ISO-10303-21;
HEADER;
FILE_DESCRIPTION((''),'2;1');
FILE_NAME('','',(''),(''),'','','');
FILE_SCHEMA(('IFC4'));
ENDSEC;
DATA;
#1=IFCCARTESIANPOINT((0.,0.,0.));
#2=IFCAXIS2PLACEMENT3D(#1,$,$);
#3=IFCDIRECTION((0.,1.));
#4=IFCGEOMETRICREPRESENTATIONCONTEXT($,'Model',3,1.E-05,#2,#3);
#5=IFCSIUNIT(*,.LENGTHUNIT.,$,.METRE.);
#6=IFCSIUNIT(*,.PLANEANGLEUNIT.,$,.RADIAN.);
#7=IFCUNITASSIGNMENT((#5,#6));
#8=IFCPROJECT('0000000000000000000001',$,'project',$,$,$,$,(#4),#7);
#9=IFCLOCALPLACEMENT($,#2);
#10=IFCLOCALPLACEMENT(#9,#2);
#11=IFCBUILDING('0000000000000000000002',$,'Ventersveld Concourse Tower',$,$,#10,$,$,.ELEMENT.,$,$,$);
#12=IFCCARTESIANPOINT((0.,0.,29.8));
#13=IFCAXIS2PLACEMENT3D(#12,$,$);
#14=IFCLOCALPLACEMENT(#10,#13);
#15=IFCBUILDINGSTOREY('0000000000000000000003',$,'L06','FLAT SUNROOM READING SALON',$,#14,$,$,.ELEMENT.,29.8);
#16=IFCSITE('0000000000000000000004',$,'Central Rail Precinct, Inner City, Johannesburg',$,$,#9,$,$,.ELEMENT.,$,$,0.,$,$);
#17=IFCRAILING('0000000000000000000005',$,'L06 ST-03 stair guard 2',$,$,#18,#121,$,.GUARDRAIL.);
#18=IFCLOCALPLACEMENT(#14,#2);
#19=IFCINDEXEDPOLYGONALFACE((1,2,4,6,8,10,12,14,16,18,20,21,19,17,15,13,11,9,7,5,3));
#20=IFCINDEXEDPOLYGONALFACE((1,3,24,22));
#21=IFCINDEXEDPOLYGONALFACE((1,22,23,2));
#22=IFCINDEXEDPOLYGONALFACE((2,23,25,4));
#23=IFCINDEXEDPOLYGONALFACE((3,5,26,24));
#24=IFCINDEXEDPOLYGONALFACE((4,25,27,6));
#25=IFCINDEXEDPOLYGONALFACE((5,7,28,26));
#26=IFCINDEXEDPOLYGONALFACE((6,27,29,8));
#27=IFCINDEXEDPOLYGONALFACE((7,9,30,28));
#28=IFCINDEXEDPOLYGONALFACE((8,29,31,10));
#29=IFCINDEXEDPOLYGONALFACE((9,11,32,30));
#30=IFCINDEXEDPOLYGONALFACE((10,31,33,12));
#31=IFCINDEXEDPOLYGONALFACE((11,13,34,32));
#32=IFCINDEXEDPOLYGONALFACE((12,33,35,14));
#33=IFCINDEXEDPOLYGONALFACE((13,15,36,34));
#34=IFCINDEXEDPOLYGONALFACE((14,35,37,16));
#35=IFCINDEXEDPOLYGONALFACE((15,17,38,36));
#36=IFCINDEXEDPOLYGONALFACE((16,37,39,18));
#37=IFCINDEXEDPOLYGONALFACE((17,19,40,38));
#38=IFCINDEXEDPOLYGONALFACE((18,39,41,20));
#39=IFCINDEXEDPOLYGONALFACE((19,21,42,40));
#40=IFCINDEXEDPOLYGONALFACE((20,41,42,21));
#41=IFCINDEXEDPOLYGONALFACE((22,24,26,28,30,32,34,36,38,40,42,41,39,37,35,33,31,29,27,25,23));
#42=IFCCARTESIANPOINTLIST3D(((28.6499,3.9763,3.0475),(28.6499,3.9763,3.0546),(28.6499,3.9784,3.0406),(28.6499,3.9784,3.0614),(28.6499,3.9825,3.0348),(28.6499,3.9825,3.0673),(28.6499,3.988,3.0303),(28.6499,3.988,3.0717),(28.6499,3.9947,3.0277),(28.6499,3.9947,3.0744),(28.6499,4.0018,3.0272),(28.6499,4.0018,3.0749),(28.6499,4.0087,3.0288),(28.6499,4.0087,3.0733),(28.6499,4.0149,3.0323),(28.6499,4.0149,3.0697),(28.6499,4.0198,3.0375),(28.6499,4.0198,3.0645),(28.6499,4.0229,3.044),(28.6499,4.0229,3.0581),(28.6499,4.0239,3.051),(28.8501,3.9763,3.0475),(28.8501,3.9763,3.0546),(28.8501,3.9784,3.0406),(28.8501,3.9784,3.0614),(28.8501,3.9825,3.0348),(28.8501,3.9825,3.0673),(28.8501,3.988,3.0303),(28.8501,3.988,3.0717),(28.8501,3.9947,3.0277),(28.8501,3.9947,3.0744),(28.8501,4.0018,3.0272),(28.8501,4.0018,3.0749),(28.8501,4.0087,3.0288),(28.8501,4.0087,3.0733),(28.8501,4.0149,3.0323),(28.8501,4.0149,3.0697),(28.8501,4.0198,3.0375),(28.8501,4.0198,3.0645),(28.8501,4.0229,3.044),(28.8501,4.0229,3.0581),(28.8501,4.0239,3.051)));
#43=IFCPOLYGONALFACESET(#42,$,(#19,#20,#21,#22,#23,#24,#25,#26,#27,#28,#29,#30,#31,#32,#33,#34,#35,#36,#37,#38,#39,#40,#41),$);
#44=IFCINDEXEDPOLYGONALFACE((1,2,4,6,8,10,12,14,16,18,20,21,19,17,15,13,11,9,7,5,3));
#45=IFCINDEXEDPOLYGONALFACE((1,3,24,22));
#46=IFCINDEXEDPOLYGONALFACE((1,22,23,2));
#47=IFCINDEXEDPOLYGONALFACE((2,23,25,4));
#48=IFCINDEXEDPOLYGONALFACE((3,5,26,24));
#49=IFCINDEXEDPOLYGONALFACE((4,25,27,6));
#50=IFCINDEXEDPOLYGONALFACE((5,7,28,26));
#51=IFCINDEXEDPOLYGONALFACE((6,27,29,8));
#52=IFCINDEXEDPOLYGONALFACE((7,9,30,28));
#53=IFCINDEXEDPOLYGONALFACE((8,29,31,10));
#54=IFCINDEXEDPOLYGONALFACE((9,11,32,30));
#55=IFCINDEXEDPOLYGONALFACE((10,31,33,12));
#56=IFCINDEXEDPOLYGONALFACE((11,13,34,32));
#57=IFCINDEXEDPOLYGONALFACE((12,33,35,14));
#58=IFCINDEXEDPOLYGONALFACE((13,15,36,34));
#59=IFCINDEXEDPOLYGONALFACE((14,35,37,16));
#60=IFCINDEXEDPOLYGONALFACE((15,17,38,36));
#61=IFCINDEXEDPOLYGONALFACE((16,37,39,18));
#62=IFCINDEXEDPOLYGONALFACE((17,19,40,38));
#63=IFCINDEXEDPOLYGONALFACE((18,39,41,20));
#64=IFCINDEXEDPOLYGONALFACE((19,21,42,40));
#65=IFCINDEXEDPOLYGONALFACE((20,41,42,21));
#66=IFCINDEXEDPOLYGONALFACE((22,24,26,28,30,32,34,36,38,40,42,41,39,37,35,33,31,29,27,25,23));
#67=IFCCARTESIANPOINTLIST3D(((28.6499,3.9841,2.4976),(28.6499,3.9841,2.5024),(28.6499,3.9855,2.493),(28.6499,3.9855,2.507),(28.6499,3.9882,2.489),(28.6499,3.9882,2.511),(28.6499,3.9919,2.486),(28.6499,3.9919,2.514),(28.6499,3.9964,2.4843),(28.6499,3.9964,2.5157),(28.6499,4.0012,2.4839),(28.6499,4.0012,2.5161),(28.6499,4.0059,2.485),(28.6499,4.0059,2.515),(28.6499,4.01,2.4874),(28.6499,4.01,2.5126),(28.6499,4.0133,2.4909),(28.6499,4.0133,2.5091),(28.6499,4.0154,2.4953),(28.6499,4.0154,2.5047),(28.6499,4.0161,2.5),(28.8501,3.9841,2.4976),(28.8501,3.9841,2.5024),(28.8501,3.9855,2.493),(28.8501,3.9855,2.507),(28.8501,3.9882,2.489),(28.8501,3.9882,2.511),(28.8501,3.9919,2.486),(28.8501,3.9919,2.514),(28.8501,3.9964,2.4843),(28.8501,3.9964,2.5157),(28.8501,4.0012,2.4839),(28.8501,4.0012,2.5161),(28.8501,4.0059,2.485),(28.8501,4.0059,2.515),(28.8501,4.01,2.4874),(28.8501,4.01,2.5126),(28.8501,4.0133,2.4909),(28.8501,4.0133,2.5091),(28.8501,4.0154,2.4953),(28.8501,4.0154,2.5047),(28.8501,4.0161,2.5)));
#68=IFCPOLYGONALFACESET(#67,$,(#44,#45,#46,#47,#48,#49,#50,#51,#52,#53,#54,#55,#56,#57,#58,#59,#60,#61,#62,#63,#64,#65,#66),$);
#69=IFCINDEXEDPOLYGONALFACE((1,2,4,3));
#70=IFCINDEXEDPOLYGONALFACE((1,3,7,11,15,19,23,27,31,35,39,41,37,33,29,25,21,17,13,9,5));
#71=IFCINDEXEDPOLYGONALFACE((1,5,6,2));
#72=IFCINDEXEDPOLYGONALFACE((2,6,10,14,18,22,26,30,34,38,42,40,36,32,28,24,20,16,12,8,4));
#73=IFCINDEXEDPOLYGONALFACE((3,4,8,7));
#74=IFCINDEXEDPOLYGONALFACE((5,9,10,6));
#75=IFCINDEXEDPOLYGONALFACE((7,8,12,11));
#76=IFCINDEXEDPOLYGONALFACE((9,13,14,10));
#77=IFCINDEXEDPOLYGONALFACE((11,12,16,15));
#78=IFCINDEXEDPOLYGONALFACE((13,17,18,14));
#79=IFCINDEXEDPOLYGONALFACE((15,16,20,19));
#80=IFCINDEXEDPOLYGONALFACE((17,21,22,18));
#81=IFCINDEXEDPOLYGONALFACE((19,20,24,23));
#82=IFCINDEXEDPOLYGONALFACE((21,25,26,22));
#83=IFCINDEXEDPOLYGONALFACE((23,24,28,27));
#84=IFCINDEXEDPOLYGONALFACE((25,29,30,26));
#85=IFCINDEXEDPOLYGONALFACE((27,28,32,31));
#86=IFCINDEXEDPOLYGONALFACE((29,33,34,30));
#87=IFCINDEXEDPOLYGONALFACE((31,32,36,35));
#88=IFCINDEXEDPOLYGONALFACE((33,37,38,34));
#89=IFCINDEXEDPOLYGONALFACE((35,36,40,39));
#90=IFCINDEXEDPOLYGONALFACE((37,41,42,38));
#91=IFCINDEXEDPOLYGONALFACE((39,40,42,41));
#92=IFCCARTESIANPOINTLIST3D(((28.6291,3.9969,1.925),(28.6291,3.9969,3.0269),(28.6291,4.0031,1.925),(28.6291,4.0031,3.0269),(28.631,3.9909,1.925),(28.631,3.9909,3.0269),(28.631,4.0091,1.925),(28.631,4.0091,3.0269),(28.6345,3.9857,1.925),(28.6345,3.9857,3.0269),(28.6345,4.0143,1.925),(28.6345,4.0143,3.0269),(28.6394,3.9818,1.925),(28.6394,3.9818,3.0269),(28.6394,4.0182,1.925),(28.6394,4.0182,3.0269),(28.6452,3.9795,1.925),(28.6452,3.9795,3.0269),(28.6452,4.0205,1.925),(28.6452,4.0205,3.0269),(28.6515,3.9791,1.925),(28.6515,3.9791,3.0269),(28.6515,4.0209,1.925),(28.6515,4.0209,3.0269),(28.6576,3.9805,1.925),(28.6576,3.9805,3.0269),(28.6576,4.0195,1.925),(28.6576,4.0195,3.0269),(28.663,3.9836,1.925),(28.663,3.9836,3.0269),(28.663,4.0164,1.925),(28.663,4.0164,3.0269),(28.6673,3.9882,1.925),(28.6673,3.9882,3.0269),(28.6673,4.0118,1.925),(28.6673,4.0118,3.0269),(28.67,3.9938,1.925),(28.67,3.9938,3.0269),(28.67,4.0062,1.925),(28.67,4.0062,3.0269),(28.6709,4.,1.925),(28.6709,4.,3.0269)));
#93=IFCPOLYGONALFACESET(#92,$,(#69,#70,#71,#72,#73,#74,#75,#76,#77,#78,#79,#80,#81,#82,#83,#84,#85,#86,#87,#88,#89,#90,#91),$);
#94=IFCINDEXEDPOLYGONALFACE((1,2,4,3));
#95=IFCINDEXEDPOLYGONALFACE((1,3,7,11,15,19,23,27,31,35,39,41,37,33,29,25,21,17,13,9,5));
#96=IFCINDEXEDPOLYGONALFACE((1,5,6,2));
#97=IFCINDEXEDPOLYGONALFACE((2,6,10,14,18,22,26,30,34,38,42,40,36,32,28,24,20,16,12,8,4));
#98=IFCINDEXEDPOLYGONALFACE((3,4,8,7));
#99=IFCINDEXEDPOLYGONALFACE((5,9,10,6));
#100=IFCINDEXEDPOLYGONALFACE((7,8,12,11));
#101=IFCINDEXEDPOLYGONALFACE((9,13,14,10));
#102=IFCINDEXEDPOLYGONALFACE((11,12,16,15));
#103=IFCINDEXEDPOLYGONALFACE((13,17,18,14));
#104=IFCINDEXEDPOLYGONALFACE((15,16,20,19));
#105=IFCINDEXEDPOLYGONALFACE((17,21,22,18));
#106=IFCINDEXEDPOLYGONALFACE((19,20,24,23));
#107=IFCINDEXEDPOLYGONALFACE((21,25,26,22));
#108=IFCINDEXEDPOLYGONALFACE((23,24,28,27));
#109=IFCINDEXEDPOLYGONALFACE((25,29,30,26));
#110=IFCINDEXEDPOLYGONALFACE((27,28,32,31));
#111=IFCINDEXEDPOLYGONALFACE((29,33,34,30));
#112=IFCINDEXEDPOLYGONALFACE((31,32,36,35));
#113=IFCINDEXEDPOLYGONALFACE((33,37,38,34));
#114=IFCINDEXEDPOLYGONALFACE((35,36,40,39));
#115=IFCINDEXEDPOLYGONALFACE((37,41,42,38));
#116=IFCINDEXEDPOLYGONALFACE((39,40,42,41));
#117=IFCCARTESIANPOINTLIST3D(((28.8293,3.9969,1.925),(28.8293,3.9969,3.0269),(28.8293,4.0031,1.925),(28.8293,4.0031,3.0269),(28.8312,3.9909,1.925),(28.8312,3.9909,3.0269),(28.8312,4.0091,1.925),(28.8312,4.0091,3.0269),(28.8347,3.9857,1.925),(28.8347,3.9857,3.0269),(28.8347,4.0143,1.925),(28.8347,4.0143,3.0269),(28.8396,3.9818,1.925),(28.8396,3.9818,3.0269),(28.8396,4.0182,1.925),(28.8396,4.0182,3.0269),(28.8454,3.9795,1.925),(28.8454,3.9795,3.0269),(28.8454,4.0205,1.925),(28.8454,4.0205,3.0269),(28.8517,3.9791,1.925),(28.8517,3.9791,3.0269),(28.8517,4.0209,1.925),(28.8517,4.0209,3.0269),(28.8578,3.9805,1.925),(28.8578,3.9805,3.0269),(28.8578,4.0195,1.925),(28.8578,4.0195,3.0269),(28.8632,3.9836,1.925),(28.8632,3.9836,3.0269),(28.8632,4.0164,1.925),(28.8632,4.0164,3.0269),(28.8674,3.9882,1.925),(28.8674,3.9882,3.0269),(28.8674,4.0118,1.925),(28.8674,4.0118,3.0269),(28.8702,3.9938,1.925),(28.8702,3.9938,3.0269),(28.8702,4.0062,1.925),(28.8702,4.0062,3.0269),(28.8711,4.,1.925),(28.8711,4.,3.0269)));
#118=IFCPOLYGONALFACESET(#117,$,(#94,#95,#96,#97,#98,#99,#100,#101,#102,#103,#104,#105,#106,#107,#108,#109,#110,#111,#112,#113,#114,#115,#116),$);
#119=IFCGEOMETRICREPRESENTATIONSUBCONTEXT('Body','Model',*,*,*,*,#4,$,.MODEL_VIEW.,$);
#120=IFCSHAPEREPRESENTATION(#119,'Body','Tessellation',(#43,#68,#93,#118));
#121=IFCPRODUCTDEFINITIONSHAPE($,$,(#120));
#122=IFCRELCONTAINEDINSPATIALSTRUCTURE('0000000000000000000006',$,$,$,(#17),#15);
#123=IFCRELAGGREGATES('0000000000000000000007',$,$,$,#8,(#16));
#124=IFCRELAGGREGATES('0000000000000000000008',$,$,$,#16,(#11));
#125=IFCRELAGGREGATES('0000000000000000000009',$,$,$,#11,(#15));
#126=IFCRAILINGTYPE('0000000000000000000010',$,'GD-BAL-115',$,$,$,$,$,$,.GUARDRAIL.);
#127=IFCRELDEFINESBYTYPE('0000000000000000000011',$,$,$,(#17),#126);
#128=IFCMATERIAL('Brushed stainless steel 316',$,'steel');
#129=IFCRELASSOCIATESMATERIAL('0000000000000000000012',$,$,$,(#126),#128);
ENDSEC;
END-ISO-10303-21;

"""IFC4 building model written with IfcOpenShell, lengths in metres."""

from ifc_helpers import new_model, si_unit, direction, frame, origin, origin_2d, place, context, subcontext, project, spatial, circle, extrude, material, type_object, element, save


model = new_model("IFC4")

# Units and contexts
model_context = context("Model", 3, precision=1e-05, world=origin(), true_north=direction((0.0, 1.0)))
body_context = subcontext(model_context, "Body", "Model", "MODEL_VIEW")
ifc_project = project(units=[si_unit("LENGTHUNIT", "METRE"), si_unit("PLANEANGLEUNIT", "RADIAN")], contexts=[model_context])

# Site, building, storey
site_placement = place(None, origin())
site = spatial("IfcSite", under=ifc_project, at=site_placement, Name="Central Rail Precinct, Inner City, Johannesburg", CompositionType="ELEMENT", RefElevation=0.0)
building_placement = place(site_placement, origin())
building = spatial("IfcBuilding", under=site, at=building_placement, Name="Ventersveld Concourse Tower", CompositionType="ELEMENT")
storey_placement = place(building_placement, frame((0.0, 0.0, 29.8)))
storey = spatial("IfcBuildingStorey", under=building, at=storey_placement, Name="L06", Description="FLAT SUNROOM READING SALON", CompositionType="ELEMENT", Elevation=29.8)

# Railing
ifc_material_1 = material(Name="Brushed stainless steel 316", Category="steel")
railing_type_1 = type_object("IfcRailingType", Name="GD-BAL-115", PredefinedType="GUARDRAIL", material=ifc_material_1)
railing_1_placement = place(storey_placement, frame((28.6499, 4.0, 1.925)))
element("IfcRailing", 1, at=railing_1_placement, inside=storey, type_object=railing_type_1, Name="L06 ST-03 stair guard 2", PredefinedType="GUARDRAIL", context=body_context, shape_type="SweptSolid", body=[
    extrude(circle(Radius=0.0239, at=origin_2d()), frame((0.0, 0.0, 1.126), z_axis=(1.0, 0.0, 0.0), x_axis=(0.0, 1.0, 0.0)), (0.0, 0.0, 1.0), 0.2002),
    extrude(circle(Radius=0.0161, at=origin_2d()), frame((0.0, 0.0, 0.575), z_axis=(1.0, 0.0, 0.0), x_axis=(0.0, 1.0, 0.0)), (0.0, 0.0, 1.0), 0.2002),
    extrude(circle(Radius=0.021, at=origin_2d()), origin(), (0.0, 0.0, 1.0), 1.1018),
    extrude(circle(Radius=0.021, at=origin_2d()), frame((0.2002, 0.0, 0.0)), (0.0, 0.0, 1.0), 1.1018),
])

save(model, "model.ifc")
